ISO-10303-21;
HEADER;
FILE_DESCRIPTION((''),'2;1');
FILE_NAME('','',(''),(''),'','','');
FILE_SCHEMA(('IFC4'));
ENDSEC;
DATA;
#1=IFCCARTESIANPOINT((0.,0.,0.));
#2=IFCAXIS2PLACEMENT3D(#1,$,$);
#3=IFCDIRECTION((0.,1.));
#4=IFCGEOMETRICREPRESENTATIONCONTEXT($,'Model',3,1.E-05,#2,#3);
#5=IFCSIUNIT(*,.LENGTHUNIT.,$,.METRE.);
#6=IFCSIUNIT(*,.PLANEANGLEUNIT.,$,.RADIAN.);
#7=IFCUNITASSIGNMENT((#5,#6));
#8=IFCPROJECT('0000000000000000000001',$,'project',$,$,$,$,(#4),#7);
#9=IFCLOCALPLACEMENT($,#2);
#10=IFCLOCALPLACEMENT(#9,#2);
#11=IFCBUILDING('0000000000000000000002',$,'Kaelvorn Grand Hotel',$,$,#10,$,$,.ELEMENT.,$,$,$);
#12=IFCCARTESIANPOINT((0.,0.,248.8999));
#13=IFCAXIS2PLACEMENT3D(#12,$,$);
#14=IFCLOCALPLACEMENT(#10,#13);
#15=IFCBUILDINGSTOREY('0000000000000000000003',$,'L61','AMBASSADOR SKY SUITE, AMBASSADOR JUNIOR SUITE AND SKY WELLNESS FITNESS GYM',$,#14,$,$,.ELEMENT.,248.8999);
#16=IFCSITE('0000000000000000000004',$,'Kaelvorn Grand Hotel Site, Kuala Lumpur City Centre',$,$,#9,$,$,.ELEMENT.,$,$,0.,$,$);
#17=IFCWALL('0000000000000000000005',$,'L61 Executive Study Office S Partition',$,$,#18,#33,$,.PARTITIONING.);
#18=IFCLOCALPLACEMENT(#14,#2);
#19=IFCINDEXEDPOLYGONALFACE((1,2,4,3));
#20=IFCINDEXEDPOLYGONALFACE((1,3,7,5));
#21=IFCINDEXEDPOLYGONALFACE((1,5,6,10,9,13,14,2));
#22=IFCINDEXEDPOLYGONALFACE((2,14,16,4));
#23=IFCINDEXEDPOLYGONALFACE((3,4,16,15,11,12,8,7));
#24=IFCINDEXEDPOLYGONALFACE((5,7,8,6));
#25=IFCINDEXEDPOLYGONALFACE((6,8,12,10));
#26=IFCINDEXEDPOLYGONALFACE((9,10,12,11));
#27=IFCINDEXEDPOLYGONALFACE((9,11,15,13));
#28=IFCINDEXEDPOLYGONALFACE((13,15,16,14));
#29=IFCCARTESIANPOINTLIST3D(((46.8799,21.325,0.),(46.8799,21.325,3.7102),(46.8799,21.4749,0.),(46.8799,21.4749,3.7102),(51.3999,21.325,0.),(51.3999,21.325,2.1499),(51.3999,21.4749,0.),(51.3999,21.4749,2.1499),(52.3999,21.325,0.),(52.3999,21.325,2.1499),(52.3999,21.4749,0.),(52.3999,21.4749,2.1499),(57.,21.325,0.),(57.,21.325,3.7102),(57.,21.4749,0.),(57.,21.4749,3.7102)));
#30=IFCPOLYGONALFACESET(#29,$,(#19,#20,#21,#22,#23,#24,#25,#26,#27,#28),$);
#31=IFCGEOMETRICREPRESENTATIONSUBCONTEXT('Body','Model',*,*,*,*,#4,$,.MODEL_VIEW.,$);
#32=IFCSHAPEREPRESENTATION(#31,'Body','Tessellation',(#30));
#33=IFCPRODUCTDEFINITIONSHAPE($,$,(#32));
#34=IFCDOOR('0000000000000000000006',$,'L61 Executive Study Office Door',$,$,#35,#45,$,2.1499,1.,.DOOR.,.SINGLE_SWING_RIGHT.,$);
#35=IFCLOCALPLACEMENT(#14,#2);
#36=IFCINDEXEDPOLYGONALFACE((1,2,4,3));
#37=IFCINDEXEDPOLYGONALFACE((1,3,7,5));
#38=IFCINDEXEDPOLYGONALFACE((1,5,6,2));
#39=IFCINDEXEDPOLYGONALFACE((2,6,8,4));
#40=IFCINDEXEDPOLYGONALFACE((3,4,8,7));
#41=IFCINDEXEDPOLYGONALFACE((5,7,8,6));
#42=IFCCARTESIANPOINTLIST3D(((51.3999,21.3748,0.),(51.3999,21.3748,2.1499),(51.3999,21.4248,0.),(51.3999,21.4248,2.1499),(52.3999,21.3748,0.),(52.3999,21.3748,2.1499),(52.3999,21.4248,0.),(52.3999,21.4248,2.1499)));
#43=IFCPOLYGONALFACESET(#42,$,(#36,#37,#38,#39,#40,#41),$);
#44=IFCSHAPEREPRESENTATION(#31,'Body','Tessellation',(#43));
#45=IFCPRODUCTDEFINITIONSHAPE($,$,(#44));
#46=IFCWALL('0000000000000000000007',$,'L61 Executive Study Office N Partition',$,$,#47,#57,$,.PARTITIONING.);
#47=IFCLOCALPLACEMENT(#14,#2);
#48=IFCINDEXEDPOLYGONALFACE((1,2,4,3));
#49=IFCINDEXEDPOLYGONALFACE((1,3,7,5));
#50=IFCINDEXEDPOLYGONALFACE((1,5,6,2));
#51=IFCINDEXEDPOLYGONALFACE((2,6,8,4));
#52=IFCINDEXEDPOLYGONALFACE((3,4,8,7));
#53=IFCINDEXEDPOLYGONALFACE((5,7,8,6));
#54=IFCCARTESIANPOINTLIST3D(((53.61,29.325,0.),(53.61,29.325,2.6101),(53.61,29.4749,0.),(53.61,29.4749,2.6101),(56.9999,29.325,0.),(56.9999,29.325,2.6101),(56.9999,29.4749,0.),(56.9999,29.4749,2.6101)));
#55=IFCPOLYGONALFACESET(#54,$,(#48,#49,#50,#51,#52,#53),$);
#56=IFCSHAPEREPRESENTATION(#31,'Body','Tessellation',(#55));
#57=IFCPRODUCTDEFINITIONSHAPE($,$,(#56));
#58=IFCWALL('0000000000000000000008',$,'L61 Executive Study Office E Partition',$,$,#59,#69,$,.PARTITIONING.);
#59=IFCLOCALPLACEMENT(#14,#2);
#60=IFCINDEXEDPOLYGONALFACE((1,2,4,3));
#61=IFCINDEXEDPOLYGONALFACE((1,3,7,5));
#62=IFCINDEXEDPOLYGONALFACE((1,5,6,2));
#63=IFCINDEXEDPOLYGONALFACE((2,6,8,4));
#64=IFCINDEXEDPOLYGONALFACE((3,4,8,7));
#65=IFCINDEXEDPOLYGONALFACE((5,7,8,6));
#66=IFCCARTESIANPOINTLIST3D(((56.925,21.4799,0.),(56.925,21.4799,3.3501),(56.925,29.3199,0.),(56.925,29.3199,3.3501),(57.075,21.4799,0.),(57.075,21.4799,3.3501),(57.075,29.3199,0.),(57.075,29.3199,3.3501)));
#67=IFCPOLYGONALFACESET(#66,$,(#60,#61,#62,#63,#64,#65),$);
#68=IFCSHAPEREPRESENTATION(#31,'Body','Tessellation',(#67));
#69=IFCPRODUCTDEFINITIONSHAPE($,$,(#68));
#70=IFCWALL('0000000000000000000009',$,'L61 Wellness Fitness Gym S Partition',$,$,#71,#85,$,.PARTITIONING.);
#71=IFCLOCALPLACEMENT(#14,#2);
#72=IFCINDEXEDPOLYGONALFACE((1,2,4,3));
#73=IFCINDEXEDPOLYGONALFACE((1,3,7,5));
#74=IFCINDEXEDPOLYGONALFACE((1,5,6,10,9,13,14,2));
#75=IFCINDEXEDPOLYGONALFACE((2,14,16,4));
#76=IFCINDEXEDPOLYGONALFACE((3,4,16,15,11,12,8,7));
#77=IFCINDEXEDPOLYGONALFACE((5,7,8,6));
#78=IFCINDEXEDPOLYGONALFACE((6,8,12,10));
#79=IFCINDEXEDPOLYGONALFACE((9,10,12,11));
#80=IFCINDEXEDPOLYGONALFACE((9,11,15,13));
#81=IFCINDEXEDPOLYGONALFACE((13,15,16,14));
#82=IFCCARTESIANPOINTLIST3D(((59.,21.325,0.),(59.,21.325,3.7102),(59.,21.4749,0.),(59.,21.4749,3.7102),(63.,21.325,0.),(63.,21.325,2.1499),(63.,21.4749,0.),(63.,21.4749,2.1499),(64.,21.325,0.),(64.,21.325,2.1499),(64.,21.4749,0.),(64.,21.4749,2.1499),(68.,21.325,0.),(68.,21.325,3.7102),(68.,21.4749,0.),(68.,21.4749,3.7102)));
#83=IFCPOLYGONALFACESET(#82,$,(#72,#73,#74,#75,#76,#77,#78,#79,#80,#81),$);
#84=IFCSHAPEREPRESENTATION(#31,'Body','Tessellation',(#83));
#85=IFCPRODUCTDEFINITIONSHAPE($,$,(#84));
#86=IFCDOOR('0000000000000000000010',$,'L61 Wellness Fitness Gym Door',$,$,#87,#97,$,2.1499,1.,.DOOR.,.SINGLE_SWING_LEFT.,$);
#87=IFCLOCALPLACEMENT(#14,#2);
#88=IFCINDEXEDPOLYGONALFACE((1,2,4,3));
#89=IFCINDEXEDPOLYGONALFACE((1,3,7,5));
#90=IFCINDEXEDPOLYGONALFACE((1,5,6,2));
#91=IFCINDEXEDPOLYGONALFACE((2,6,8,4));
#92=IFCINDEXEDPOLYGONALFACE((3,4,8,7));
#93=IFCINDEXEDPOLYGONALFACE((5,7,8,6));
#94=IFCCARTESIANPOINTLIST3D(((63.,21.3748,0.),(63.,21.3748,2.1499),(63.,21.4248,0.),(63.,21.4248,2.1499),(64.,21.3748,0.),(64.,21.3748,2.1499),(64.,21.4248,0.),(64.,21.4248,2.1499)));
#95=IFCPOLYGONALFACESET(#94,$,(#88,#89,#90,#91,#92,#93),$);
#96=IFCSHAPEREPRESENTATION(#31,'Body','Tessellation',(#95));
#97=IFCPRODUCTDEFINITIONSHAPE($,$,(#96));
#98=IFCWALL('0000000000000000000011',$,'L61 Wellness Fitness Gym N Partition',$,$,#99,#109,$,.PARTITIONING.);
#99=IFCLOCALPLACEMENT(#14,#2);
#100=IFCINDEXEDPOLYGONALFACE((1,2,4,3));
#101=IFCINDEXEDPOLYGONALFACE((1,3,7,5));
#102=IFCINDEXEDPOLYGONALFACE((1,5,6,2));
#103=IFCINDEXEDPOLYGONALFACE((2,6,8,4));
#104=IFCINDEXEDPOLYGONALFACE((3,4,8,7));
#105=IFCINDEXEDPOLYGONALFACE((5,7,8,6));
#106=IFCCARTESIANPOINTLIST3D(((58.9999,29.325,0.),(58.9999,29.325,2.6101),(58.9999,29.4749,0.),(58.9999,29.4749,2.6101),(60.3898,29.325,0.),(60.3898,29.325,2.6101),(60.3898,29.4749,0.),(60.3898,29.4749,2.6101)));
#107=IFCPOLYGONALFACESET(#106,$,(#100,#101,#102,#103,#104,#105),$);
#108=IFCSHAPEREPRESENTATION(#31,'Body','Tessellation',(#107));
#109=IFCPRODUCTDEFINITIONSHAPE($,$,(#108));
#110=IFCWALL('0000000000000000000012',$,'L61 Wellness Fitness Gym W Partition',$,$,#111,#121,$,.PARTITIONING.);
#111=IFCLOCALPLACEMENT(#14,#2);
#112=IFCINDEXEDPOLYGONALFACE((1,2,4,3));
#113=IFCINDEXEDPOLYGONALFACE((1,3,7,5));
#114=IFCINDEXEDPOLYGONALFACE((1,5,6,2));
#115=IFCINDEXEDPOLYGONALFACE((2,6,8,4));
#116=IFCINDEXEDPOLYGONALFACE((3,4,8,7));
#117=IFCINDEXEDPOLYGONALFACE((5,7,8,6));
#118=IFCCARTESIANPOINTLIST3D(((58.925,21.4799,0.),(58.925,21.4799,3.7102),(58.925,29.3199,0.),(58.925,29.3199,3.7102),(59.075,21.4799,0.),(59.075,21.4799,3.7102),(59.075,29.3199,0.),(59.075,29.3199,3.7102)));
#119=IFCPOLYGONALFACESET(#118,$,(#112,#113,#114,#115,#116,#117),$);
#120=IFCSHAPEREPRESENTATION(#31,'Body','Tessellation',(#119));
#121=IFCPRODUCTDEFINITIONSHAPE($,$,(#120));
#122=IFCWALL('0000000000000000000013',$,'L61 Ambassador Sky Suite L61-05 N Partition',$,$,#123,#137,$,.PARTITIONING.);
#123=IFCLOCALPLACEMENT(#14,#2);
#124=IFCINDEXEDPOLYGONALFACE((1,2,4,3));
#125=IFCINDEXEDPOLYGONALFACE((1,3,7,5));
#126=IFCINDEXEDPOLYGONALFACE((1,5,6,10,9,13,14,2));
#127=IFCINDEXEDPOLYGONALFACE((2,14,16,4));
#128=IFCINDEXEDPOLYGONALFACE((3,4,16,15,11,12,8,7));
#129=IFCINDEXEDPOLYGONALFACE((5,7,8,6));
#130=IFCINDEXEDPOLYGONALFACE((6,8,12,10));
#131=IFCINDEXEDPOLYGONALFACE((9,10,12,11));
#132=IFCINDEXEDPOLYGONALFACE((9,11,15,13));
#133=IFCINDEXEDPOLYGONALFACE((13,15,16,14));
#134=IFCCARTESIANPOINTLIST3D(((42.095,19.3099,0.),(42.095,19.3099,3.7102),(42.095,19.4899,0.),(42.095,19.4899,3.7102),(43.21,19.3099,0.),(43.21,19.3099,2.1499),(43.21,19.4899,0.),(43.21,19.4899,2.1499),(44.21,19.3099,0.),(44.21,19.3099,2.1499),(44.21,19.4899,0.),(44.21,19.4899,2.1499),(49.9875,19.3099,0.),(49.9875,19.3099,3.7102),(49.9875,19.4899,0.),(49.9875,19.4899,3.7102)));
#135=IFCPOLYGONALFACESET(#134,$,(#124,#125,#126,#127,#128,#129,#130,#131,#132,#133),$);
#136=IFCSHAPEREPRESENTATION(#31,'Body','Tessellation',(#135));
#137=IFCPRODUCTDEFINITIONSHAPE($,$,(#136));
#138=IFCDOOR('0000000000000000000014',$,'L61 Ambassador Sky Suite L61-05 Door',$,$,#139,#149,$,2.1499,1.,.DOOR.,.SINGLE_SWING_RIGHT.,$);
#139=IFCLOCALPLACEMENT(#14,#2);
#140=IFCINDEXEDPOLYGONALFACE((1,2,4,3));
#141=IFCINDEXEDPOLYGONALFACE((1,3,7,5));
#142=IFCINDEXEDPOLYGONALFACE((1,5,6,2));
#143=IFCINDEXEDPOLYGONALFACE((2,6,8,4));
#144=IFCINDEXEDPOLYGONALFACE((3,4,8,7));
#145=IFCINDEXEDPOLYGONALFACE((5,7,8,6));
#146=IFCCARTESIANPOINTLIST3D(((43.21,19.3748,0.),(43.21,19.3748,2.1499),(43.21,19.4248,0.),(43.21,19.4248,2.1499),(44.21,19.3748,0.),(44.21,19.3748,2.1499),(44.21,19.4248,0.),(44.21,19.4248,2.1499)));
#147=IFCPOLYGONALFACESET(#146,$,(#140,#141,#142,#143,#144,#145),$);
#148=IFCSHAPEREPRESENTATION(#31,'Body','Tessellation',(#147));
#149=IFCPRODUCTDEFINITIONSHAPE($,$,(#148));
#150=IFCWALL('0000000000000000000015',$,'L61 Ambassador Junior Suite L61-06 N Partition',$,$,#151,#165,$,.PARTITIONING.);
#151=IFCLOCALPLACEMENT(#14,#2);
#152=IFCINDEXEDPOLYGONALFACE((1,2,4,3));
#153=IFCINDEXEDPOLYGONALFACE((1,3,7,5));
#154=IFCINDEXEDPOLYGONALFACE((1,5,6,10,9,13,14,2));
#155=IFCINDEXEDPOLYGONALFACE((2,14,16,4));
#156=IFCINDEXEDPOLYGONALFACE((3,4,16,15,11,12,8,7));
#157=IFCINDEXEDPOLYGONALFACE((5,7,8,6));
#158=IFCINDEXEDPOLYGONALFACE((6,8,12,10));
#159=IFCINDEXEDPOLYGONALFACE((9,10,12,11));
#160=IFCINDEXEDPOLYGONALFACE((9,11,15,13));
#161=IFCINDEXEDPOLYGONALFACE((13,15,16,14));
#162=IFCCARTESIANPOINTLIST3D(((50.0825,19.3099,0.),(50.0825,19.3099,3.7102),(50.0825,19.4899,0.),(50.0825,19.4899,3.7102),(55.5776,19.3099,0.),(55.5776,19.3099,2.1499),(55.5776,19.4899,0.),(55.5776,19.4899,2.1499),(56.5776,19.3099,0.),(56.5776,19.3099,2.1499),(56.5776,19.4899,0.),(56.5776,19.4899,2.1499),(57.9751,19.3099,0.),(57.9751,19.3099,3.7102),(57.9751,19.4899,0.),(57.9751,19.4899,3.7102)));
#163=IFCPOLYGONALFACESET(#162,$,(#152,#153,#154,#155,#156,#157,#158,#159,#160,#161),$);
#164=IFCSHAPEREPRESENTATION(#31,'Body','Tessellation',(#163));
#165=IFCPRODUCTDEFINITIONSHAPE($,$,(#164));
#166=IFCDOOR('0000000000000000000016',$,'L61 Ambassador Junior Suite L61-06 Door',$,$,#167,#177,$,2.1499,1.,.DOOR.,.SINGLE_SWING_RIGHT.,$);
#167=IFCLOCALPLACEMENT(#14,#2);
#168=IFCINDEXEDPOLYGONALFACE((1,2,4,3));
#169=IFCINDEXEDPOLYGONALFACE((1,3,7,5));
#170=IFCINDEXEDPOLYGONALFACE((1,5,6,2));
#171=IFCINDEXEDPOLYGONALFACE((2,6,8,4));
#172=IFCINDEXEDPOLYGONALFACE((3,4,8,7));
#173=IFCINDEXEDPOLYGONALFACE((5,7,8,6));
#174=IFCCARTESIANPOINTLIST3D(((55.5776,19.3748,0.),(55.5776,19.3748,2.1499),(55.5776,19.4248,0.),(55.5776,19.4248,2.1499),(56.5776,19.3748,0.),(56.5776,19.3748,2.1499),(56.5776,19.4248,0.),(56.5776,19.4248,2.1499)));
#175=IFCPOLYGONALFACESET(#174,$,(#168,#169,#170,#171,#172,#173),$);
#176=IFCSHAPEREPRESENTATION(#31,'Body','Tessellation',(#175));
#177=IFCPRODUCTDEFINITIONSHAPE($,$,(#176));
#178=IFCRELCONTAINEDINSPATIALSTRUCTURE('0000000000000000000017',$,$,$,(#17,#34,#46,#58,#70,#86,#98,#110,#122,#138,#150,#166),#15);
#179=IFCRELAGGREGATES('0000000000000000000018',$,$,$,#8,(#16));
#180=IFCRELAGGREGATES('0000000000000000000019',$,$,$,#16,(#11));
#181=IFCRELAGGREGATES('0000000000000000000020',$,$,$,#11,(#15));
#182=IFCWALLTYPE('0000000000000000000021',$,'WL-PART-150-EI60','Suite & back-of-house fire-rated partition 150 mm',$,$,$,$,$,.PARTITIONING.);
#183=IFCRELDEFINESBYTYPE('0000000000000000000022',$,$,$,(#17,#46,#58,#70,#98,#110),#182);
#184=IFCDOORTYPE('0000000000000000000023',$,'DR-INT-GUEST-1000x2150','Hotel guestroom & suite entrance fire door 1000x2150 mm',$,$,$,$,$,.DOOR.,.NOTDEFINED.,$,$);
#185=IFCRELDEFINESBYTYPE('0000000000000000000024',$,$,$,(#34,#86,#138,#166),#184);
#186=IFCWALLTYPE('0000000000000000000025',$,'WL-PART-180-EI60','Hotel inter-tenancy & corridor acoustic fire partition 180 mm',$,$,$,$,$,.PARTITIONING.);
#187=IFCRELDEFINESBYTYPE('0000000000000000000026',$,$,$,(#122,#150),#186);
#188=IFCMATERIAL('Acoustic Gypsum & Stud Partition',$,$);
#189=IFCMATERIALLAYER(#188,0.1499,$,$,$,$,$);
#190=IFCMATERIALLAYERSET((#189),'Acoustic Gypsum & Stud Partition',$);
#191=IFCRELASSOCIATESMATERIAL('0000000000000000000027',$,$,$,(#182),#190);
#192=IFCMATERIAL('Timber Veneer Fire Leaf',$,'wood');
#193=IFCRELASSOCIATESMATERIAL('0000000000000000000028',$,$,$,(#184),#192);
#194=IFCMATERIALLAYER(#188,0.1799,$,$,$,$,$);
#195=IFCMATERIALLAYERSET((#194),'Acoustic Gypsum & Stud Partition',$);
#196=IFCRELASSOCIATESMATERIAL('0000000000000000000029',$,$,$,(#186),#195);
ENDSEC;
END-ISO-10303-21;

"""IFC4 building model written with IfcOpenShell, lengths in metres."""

from ifc_helpers import new_model, si_unit, direction, frame, frame_2d, origin, place, context, subcontext, project, spatial, rectangle, extrude, material, layer, layer_set, type_object, element, fill, save


model = new_model("IFC4")

# Units and contexts
model_context = context("Model", 3, precision=1e-05, world=origin(), true_north=direction((0.0, 1.0)))
body_context = subcontext(model_context, "Body", "Model", "MODEL_VIEW")
ifc_project = project(units=[si_unit("LENGTHUNIT", "METRE"), si_unit("PLANEANGLEUNIT", "RADIAN")], contexts=[model_context])

# Site, building, storey
site_placement = place(None, origin())
site = spatial("IfcSite", under=ifc_project, at=site_placement, Name="Kaelvorn Grand Hotel Site, Kuala Lumpur City Centre", CompositionType="ELEMENT", RefElevation=0.0)
building_placement = place(site_placement, origin())
building = spatial("IfcBuilding", under=site, at=building_placement, Name="Kaelvorn Grand Hotel", CompositionType="ELEMENT")
storey_placement = place(building_placement, frame((0.0, 0.0, 248.8999)))
storey = spatial("IfcBuildingStorey", under=building, at=storey_placement, Name="L61", Description="AMBASSADOR SKY SUITE, AMBASSADOR JUNIOR SUITE AND SKY WELLNESS FITNESS GYM", CompositionType="ELEMENT", Elevation=248.8999)

# Shared definitions
ifc_material_1 = material(Name="Acoustic Gypsum & Stud Partition")
ifc_layer_1 = layer(ifc_material_1, 0.1499)
ifc_layer_set_1 = layer_set([ifc_layer_1], Name="Acoustic Gypsum & Stud Partition")
wall_type_1 = type_object("IfcWallType", Name="WL-PART-150-EI60", Description="Suite & back-of-house fire-rated partition 150 mm", PredefinedType="PARTITIONING", material=ifc_layer_set_1)

# Wall, opening, door
wall_1_placement = place(storey_placement, frame((46.8799, 21.3999, 0.0), z_axis=(0.0, 0.0, 1.0), x_axis=(1.0, 0.0, 0.0)))
wall_1 = element("IfcWall", 1, at=wall_1_placement, inside=storey, type_object=wall_type_1, Name="L61 Executive Study Office S Partition", PredefinedType="PARTITIONING", context=body_context, shape_type="SweptSolid", body=[
    extrude(rectangle(XDim=10.1201, YDim=0.1499, at=frame_2d((5.0601, 0.0))), origin(), (0.0, 0.0, 1.0), 3.7102),
])
opening_1_placement = place(wall_1_placement, frame((4.52, 0.0, 0.0)))
opening_1 = element("IfcOpeningElement", 2, at=opening_1_placement, cuts=wall_1, PredefinedType="OPENING", context=body_context, shape_type="SweptSolid", body=[
    extrude(rectangle(XDim=1.0, YDim=2.1499, at=frame_2d((0.5, 1.075))), frame((0.0, 0.085, 0.0), z_axis=(0.0, -1.0, 0.0), x_axis=(1.0, 0.0, 0.0)), (0.0, 0.0, 1.0), 0.1699),
])
ifc_material_2 = material(Name="Timber Veneer Fire Leaf", Category="wood")
door_type_1 = type_object("IfcDoorType", Name="DR-INT-GUEST-1000x2150", Description="Hotel guestroom & suite entrance fire door 1000x2150 mm", OperationType="NOTDEFINED", PredefinedType="DOOR", material=ifc_material_2)
door_1_placement = place(opening_1_placement, origin())
door_1 = element("IfcDoor", 3, at=door_1_placement, inside=storey, type_object=door_type_1, Name="L61 Executive Study Office Door", OperationType="SINGLE_SWING_RIGHT", OverallHeight=2.1499, OverallWidth=1.0, PredefinedType="DOOR", context=body_context, shape_type="SweptSolid", body=[
    extrude(rectangle(XDim=1.0, YDim=2.1499, at=frame_2d((0.5, 1.075))), frame((0.0, 0.0249, 0.0), z_axis=(0.0, -1.0, 0.0), x_axis=(1.0, 0.0, 0.0)), (0.0, 0.0, 1.0), 0.05),
])
fill(opening_1, door_1)

# Walls
wall_2_placement = place(storey_placement, frame((53.6101, 29.3999, 0.0), z_axis=(0.0, 0.0, 1.0), x_axis=(1.0, 0.0, 0.0)))
element("IfcWall", 4, at=wall_2_placement, inside=storey, type_object=wall_type_1, Name="L61 Executive Study Office N Partition", PredefinedType="PARTITIONING", context=body_context, shape_type="SweptSolid", body=[
    extrude(rectangle(XDim=3.3899, YDim=0.1499, at=frame_2d((1.6948, 0.0))), origin(), (0.0, 0.0, 1.0), 2.6101),
])
wall_3_placement = place(storey_placement, frame((57.0, 21.48, 0.0), z_axis=(0.0, 0.0, 1.0), x_axis=(0.0, 1.0, 0.0)))
element("IfcWall", 5, at=wall_3_placement, inside=storey, type_object=wall_type_1, Name="L61 Executive Study Office E Partition", PredefinedType="PARTITIONING", context=body_context, shape_type="SweptSolid", body=[
    extrude(rectangle(XDim=7.8401, YDim=0.1499, at=frame_2d((3.9199, 0.0))), origin(), (0.0, 0.0, 1.0), 3.3501),
])

# Wall, opening, door
wall_4_placement = place(storey_placement, frame((59.0, 21.3999, 0.0), z_axis=(0.0, 0.0, 1.0), x_axis=(1.0, 0.0, 0.0)))
wall_4 = element("IfcWall", 6, at=wall_4_placement, inside=storey, type_object=wall_type_1, Name="L61 Wellness Fitness Gym S Partition", PredefinedType="PARTITIONING", context=body_context, shape_type="SweptSolid", body=[
    extrude(rectangle(XDim=9.0, YDim=0.1499, at=frame_2d((4.5, 0.0))), origin(), (0.0, 0.0, 1.0), 3.7102),
])
opening_2_placement = place(wall_4_placement, frame((4.0, 0.0, 0.0)))
opening_2 = element("IfcOpeningElement", 7, at=opening_2_placement, cuts=wall_4, PredefinedType="OPENING", context=body_context, shape_type="SweptSolid", body=[
    extrude(rectangle(XDim=1.0, YDim=2.1499, at=frame_2d((0.5, 1.075))), frame((0.0, 0.085, 0.0), z_axis=(0.0, -1.0, 0.0), x_axis=(1.0, 0.0, 0.0)), (0.0, 0.0, 1.0), 0.1699),
])
door_2_placement = place(opening_2_placement, origin())
door_2 = element("IfcDoor", 8, at=door_2_placement, inside=storey, type_object=door_type_1, Name="L61 Wellness Fitness Gym Door", OperationType="SINGLE_SWING_LEFT", OverallHeight=2.1499, OverallWidth=1.0, PredefinedType="DOOR", context=body_context, shape_type="SweptSolid", body=[
    extrude(rectangle(XDim=1.0, YDim=2.1499, at=frame_2d((0.5, 1.075))), frame((0.0, 0.0249, 0.0), z_axis=(0.0, -1.0, 0.0), x_axis=(1.0, 0.0, 0.0)), (0.0, 0.0, 1.0), 0.05),
])
fill(opening_2, door_2)

# Walls
wall_5_placement = place(storey_placement, frame((59.0, 29.3999, 0.0), z_axis=(0.0, 0.0, 1.0), x_axis=(1.0, 0.0, 0.0)))
element("IfcWall", 9, at=wall_5_placement, inside=storey, type_object=wall_type_1, Name="L61 Wellness Fitness Gym N Partition", PredefinedType="PARTITIONING", context=body_context, shape_type="SweptSolid", body=[
    extrude(rectangle(XDim=1.3899, YDim=0.1499, at=frame_2d((0.6948, 0.0))), origin(), (0.0, 0.0, 1.0), 2.6101),
])
wall_6_placement = place(storey_placement, frame((59.0, 21.48, 0.0), z_axis=(0.0, 0.0, 1.0), x_axis=(0.0, 1.0, 0.0)))
element("IfcWall", 10, at=wall_6_placement, inside=storey, type_object=wall_type_1, Name="L61 Wellness Fitness Gym W Partition", PredefinedType="PARTITIONING", context=body_context, shape_type="SweptSolid", body=[
    extrude(rectangle(XDim=7.8401, YDim=0.1499, at=frame_2d((3.9199, 0.0))), origin(), (0.0, 0.0, 1.0), 3.7102),
])

# Walls, openings, doors
ifc_layer_2 = layer(ifc_material_1, 0.1799)
ifc_layer_set_2 = layer_set([ifc_layer_2], Name="Acoustic Gypsum & Stud Partition")
wall_type_2 = type_object("IfcWallType", Name="WL-PART-180-EI60", Description="Hotel inter-tenancy & corridor acoustic fire partition 180 mm", PredefinedType="PARTITIONING", material=ifc_layer_set_2)
wall_7_placement = place(storey_placement, frame((42.095, 19.3999, 0.0), z_axis=(0.0, 0.0, 1.0), x_axis=(1.0, 0.0, 0.0)))
wall_7 = element("IfcWall", 11, at=wall_7_placement, inside=storey, type_object=wall_type_2, Name="L61 Ambassador Sky Suite L61-05 N Partition", PredefinedType="PARTITIONING", context=body_context, shape_type="SweptSolid", body=[
    extrude(rectangle(XDim=7.8926, YDim=0.1799, at=frame_2d((3.9463, 0.0))), origin(), (0.0, 0.0, 1.0), 3.7102),
])
opening_3_placement = place(wall_7_placement, frame((1.115, 0.0, 0.0)))
opening_3 = element("IfcOpeningElement", 12, at=opening_3_placement, cuts=wall_7, PredefinedType="OPENING", context=body_context, shape_type="SweptSolid", body=[
    extrude(rectangle(XDim=1.0, YDim=2.1499, at=frame_2d((0.5, 1.075))), frame((0.0, 0.1001, 0.0), z_axis=(0.0, -1.0, 0.0), x_axis=(1.0, 0.0, 0.0)), (0.0, 0.0, 1.0), 0.2),
])
door_3_placement = place(opening_3_placement, origin())
door_3 = element("IfcDoor", 13, at=door_3_placement, inside=storey, type_object=door_type_1, Name="L61 Ambassador Sky Suite L61-05 Door", OperationType="SINGLE_SWING_RIGHT", OverallHeight=2.1499, OverallWidth=1.0, PredefinedType="DOOR", context=body_context, shape_type="SweptSolid", body=[
    extrude(rectangle(XDim=1.0, YDim=2.1499, at=frame_2d((0.5, 1.075))), frame((0.0, 0.0249, 0.0), z_axis=(0.0, -1.0, 0.0), x_axis=(1.0, 0.0, 0.0)), (0.0, 0.0, 1.0), 0.05),
])
fill(opening_3, door_3)
wall_8_placement = place(storey_placement, frame((50.0825, 19.3999, 0.0), z_axis=(0.0, 0.0, 1.0), x_axis=(1.0, 0.0, 0.0)))
wall_8 = element("IfcWall", 14, at=wall_8_placement, inside=storey, type_object=wall_type_2, Name="L61 Ambassador Junior Suite L61-06 N Partition", PredefinedType="PARTITIONING", context=body_context, shape_type="SweptSolid", body=[
    extrude(rectangle(XDim=7.8926, YDim=0.1799, at=frame_2d((3.9463, 0.0))), origin(), (0.0, 0.0, 1.0), 3.7102),
])
opening_4_placement = place(wall_8_placement, frame((5.4951, 0.0, 0.0)))
opening_4 = element("IfcOpeningElement", 15, at=opening_4_placement, cuts=wall_8, PredefinedType="OPENING", context=body_context, shape_type="SweptSolid", body=[
    extrude(rectangle(XDim=1.0, YDim=2.1499, at=frame_2d((0.5, 1.075))), frame((0.0, 0.1001, 0.0), z_axis=(0.0, -1.0, 0.0), x_axis=(1.0, 0.0, 0.0)), (0.0, 0.0, 1.0), 0.2),
])
door_4_placement = place(opening_4_placement, origin())
door_4 = element("IfcDoor", 16, at=door_4_placement, inside=storey, type_object=door_type_1, Name="L61 Ambassador Junior Suite L61-06 Door", OperationType="SINGLE_SWING_RIGHT", OverallHeight=2.1499, OverallWidth=1.0, PredefinedType="DOOR", context=body_context, shape_type="SweptSolid", body=[
    extrude(rectangle(XDim=1.0, YDim=2.1499, at=frame_2d((0.5, 1.075))), frame((0.0, 0.0249, 0.0), z_axis=(0.0, -1.0, 0.0), x_axis=(1.0, 0.0, 0.0)), (0.0, 0.0, 1.0), 0.05),
])
fill(opening_4, door_4)

save(model, "model.ifc")
